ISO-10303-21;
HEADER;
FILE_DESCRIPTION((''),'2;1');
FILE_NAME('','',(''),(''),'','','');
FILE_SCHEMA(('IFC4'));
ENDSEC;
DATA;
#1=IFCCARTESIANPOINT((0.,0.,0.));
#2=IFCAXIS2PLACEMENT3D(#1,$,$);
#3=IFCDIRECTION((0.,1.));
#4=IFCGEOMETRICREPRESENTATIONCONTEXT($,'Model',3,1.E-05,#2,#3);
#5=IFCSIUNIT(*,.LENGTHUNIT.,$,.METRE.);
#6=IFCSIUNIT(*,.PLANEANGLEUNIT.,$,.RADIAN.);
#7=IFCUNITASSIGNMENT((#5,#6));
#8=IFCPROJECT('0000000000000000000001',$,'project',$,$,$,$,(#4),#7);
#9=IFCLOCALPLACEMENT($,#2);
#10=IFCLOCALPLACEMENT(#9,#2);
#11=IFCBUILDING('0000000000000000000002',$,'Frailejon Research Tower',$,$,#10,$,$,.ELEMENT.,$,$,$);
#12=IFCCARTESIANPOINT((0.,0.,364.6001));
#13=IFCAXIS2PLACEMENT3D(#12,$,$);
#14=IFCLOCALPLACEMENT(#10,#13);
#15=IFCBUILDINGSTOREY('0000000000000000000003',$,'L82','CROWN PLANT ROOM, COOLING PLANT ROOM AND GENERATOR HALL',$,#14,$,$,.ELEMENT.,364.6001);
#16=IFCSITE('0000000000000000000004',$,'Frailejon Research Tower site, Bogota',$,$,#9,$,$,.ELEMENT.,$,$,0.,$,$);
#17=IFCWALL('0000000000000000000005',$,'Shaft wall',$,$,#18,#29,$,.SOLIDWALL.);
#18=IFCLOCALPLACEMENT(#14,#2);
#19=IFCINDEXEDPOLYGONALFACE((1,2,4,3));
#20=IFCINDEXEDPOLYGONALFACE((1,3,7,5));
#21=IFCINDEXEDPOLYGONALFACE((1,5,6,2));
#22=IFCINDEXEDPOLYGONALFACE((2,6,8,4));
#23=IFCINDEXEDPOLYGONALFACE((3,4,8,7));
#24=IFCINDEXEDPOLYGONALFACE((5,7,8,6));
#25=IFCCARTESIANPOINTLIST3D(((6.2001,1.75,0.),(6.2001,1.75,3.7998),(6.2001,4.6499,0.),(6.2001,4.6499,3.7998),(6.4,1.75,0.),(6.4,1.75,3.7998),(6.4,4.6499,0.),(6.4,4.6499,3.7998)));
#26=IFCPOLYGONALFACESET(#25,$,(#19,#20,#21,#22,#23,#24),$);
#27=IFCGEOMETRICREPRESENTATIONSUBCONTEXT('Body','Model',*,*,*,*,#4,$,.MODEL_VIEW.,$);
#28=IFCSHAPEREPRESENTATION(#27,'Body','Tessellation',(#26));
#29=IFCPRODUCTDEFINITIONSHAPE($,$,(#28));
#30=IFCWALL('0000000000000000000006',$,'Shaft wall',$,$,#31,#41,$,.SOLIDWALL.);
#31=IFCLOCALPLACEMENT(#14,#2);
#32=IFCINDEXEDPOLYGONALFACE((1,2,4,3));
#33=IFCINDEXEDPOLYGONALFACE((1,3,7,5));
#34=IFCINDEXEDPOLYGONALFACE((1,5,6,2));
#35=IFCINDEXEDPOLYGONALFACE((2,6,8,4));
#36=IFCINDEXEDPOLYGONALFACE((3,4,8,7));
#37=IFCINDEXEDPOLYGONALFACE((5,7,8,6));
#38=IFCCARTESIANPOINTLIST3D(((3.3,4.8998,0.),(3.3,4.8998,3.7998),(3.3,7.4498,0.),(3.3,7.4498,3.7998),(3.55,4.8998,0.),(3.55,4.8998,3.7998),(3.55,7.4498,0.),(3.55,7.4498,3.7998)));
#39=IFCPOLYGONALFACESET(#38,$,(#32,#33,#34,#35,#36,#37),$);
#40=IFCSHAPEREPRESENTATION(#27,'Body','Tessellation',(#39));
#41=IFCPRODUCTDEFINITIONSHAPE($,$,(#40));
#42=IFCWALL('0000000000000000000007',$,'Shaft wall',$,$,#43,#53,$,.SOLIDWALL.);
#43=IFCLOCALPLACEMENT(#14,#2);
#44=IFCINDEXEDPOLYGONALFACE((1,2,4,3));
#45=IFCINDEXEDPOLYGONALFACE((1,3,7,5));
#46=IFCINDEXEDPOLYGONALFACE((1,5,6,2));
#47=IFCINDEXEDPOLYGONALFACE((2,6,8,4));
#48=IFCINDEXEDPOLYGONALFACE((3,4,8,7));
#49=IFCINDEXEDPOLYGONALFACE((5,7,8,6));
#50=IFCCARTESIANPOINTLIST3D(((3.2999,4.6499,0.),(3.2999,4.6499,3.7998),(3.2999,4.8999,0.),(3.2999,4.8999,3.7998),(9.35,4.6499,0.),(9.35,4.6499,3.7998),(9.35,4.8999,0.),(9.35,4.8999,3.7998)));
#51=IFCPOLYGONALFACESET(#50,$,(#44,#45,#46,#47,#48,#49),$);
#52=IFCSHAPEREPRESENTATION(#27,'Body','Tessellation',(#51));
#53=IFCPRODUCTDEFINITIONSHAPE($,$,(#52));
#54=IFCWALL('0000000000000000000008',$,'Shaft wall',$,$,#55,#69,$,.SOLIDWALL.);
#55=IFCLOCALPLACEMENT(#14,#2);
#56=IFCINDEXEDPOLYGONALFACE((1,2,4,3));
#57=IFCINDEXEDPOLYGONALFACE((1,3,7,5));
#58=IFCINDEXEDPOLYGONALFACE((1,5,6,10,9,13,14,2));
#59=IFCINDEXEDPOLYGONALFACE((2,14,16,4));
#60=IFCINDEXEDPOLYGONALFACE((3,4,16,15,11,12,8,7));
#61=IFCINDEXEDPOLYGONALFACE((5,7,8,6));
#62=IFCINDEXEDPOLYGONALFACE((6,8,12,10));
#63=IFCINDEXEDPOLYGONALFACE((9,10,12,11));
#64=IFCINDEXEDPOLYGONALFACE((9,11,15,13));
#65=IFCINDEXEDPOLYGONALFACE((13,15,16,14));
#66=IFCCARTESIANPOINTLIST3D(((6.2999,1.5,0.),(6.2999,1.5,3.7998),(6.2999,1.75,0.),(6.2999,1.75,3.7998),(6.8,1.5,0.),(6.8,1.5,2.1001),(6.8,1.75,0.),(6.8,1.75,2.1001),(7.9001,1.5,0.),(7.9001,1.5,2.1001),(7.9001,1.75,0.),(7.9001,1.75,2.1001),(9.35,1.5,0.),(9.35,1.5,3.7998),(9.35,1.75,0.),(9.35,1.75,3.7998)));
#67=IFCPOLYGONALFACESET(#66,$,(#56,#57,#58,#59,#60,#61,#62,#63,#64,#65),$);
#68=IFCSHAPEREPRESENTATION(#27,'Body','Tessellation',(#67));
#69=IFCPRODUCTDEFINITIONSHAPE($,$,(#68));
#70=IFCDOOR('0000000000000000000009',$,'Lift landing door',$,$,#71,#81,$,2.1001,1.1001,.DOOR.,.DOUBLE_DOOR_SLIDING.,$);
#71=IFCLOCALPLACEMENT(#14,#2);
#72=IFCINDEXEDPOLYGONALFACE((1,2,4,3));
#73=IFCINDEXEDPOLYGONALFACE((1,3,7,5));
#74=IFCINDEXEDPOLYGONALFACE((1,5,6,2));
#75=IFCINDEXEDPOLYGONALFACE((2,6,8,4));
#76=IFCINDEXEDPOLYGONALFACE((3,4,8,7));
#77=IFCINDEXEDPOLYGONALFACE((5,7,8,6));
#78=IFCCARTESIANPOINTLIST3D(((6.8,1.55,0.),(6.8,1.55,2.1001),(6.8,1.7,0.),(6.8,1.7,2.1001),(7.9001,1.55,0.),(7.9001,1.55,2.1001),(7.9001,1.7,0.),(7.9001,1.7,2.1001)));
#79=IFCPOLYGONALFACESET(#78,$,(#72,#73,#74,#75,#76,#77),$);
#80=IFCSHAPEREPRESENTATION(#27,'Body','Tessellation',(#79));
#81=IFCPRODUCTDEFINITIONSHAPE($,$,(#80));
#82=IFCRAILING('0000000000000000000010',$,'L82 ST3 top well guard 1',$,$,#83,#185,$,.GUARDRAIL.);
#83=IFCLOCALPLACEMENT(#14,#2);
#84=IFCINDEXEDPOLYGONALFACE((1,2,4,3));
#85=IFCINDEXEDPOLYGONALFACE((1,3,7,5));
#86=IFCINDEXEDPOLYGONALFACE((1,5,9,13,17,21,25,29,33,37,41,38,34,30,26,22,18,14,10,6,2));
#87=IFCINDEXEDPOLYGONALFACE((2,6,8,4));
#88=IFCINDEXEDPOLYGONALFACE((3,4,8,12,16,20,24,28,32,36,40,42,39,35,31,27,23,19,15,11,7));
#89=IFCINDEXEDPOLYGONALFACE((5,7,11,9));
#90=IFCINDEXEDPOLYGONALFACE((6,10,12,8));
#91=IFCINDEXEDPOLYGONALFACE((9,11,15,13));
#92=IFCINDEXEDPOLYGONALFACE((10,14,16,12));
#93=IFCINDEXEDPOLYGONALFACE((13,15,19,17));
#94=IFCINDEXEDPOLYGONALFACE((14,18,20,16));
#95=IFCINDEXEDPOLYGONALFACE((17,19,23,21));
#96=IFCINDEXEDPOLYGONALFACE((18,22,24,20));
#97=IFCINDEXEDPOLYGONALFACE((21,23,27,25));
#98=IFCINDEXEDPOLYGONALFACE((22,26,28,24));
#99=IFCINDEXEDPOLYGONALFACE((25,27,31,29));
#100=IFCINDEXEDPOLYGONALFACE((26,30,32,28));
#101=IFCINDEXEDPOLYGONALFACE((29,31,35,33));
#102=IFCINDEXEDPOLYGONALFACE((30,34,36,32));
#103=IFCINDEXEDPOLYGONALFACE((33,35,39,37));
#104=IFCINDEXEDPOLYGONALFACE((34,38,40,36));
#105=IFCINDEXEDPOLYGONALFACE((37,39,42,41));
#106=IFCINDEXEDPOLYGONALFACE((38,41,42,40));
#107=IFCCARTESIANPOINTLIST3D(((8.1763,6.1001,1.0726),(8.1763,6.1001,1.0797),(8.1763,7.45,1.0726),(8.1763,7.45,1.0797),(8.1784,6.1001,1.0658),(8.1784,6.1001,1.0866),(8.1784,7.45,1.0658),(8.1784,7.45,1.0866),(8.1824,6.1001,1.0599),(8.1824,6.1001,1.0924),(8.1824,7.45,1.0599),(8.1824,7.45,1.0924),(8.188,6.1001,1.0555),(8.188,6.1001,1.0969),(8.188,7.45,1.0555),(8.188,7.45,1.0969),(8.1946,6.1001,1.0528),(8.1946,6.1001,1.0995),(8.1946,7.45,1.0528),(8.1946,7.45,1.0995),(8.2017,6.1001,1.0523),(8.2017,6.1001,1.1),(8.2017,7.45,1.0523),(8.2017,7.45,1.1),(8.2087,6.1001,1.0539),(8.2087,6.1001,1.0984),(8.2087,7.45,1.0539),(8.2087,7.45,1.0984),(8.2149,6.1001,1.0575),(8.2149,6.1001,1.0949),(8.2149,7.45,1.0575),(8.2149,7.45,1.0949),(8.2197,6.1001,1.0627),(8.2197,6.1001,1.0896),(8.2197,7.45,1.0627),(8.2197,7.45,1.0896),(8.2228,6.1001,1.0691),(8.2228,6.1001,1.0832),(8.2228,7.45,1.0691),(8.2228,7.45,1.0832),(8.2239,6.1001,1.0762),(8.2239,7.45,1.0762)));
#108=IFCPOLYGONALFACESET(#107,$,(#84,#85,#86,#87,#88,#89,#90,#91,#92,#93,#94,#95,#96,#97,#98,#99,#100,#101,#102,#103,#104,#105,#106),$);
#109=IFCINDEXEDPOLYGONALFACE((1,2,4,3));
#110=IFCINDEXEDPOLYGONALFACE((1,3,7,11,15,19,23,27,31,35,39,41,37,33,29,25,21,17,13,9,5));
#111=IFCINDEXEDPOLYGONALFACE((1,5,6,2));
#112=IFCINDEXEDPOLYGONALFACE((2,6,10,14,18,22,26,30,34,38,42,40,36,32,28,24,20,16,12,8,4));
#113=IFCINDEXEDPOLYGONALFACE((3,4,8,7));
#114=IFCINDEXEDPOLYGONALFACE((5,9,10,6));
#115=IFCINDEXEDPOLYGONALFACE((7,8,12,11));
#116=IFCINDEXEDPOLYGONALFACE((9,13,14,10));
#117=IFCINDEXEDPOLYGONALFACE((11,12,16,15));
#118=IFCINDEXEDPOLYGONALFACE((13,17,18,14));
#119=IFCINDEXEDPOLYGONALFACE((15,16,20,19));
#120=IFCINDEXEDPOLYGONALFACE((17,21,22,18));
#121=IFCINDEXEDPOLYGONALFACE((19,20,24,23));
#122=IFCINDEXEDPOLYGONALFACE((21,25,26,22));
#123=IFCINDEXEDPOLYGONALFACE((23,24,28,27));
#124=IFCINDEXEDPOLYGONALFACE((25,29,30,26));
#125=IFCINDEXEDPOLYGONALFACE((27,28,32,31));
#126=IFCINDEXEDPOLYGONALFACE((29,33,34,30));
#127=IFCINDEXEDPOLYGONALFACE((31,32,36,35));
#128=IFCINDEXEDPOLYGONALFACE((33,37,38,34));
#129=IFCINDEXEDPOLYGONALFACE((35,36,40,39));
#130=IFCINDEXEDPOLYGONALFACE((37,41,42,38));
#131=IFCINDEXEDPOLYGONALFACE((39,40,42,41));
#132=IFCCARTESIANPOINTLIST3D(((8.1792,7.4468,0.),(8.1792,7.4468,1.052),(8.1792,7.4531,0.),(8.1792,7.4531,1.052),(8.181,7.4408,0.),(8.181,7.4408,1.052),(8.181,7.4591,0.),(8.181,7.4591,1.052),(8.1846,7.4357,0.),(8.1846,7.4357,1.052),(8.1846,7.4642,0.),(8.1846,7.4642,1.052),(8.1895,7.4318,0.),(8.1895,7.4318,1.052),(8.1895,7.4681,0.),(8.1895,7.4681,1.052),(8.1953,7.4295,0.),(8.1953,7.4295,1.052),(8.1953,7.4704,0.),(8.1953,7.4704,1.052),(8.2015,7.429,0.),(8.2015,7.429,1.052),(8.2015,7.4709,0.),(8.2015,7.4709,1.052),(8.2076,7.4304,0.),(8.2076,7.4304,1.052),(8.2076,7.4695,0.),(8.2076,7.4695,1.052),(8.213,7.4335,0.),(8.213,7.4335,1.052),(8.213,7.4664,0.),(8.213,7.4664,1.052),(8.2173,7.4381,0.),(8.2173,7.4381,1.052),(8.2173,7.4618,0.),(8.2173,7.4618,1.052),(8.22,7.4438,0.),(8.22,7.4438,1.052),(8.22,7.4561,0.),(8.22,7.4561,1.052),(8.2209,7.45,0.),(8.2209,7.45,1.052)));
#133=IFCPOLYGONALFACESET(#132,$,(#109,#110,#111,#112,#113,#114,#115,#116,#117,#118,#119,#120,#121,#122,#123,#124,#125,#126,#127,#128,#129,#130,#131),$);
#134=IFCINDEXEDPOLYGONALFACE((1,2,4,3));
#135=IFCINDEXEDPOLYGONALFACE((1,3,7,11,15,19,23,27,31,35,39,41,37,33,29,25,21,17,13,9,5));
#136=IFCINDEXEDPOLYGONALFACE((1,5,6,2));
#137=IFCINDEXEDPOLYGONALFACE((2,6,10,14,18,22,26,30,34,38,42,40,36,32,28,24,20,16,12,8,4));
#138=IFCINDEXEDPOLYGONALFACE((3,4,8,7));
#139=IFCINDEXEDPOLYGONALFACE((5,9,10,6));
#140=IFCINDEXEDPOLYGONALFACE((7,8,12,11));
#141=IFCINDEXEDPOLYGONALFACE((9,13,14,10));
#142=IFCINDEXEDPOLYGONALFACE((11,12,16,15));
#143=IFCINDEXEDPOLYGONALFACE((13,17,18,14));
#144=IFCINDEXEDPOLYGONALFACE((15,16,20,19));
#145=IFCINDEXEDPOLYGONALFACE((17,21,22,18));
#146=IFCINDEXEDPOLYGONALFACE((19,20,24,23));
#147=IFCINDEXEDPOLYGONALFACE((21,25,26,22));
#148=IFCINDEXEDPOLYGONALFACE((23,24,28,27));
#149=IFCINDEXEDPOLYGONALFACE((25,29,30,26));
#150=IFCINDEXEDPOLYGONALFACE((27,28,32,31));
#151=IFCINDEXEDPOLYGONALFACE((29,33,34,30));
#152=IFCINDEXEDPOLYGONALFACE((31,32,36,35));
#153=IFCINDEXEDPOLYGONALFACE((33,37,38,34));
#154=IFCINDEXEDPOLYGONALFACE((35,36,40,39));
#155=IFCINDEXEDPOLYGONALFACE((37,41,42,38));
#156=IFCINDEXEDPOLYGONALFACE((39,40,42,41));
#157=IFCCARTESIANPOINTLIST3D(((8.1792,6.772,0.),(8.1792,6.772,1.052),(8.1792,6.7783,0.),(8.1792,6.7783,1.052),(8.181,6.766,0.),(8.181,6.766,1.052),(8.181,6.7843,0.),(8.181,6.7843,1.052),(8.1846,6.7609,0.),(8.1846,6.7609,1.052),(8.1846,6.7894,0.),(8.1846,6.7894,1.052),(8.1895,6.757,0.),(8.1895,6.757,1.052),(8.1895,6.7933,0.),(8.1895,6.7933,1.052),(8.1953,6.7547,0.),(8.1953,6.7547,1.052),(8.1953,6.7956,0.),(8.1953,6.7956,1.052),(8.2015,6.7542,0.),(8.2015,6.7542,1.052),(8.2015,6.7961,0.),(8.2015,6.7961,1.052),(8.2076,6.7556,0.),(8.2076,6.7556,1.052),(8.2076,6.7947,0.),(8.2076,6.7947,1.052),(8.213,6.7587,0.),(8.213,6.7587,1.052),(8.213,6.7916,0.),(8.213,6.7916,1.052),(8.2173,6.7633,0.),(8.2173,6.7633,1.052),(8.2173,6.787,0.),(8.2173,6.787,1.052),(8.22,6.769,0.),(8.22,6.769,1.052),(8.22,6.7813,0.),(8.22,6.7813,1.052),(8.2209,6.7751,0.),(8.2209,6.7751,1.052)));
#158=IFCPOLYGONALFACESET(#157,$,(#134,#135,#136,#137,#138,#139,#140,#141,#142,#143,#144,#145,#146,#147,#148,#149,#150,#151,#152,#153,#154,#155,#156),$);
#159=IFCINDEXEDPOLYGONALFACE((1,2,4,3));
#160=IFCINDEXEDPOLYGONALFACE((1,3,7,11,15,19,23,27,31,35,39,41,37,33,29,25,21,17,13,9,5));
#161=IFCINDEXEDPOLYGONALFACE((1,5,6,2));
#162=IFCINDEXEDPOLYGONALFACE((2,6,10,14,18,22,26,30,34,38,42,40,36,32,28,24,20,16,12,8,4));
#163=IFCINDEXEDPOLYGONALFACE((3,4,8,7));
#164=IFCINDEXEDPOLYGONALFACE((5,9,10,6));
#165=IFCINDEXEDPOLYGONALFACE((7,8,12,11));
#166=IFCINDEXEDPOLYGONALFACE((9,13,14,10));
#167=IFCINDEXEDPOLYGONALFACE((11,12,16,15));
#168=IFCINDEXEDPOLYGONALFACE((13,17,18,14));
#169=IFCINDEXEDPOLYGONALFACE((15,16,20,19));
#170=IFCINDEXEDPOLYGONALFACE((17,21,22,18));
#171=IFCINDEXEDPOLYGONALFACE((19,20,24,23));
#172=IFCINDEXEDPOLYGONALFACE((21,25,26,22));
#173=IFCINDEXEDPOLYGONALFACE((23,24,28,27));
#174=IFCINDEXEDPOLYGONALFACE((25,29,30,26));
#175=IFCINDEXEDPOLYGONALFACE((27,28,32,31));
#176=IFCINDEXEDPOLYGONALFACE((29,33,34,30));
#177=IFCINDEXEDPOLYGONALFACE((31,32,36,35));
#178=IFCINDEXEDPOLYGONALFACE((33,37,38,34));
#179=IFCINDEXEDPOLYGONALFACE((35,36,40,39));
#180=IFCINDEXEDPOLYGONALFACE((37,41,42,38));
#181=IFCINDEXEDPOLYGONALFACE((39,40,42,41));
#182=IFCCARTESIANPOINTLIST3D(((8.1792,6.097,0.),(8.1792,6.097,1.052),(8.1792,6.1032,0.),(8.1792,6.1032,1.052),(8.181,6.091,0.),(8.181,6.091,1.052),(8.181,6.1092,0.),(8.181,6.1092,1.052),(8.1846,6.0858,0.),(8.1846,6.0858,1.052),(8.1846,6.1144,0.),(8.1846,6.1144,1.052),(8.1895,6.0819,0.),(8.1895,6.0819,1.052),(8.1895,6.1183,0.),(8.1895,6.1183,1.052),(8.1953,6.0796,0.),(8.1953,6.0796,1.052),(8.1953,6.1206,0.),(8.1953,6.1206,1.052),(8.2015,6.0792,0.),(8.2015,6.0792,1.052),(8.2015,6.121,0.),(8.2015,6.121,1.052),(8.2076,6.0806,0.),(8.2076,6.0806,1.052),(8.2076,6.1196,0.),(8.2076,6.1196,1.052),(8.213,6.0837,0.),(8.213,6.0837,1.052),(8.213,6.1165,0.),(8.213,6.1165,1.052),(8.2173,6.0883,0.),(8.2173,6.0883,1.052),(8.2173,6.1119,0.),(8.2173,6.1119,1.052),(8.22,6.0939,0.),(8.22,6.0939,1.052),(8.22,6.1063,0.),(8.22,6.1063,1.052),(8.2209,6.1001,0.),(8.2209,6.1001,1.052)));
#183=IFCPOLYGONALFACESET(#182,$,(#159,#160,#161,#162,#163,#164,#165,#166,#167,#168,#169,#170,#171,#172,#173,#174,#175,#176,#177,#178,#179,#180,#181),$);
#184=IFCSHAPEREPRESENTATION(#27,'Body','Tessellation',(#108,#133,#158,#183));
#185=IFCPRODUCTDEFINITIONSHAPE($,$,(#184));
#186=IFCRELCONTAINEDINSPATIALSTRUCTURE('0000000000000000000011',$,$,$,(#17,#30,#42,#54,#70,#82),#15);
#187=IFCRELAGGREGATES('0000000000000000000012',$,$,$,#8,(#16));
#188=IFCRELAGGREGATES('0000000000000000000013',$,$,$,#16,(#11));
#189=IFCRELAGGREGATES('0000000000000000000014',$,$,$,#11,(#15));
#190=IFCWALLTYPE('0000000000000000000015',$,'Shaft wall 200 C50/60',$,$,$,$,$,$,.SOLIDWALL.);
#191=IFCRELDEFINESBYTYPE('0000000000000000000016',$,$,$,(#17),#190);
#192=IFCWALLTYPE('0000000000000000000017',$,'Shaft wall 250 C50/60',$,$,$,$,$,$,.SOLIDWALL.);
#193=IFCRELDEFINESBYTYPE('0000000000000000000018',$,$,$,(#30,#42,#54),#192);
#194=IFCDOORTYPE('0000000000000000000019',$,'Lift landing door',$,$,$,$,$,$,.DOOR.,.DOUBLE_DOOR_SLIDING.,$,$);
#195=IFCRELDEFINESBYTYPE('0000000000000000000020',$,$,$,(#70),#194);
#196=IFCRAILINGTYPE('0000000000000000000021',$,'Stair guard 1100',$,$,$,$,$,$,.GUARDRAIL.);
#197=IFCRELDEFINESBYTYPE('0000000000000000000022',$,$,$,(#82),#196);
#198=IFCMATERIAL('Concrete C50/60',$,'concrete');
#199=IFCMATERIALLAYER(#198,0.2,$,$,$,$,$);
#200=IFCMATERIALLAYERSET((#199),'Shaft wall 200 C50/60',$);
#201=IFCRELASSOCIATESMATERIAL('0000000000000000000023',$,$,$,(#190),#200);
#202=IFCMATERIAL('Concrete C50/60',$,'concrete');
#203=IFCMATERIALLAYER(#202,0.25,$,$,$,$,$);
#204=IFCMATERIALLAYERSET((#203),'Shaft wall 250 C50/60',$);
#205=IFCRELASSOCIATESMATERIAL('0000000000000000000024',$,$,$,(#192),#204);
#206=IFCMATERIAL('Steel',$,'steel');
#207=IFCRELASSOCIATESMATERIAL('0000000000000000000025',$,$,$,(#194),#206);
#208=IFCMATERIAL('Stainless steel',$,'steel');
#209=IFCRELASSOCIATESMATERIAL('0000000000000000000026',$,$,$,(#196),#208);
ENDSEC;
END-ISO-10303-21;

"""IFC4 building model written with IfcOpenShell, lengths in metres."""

from ifc_helpers import new_model, si_unit, direction, frame, frame_2d, origin, origin_2d, place, context, subcontext, project, spatial, rectangle, circle, extrude, material, layer, layer_set, type_object, element, fill, save


model = new_model("IFC4")

# Units and contexts
model_context = context("Model", 3, precision=1e-05, world=origin(), true_north=direction((0.0, 1.0)))
body_context = subcontext(model_context, "Body", "Model", "MODEL_VIEW")
ifc_project = project(units=[si_unit("LENGTHUNIT", "METRE"), si_unit("PLANEANGLEUNIT", "RADIAN")], contexts=[model_context])

# Site, building, storey
site_placement = place(None, origin())
site = spatial("IfcSite", under=ifc_project, at=site_placement, Name="Frailejon Research Tower site, Bogota", CompositionType="ELEMENT", RefElevation=0.0)
building_placement = place(site_placement, origin())
building = spatial("IfcBuilding", under=site, at=building_placement, Name="Frailejon Research Tower", CompositionType="ELEMENT")
storey_placement = place(building_placement, frame((0.0, 0.0, 364.6001)))
storey = spatial("IfcBuildingStorey", under=building, at=storey_placement, Name="L82", Description="CROWN PLANT ROOM, COOLING PLANT ROOM AND GENERATOR HALL", CompositionType="ELEMENT", Elevation=364.6001)

# Walls
ifc_material_1 = material(Name="Concrete C50/60", Category="concrete")
ifc_layer_1 = layer(ifc_material_1, 0.2)
ifc_layer_set_1 = layer_set([ifc_layer_1], Name="Shaft wall 200 C50/60")
wall_type_1 = type_object("IfcWallType", Name="Shaft wall 200 C50/60", PredefinedType="SOLIDWALL", material=ifc_layer_set_1)
wall_1_placement = place(storey_placement, frame((6.3, 1.75, 0.0), z_axis=(0.0, 0.0, 1.0), x_axis=(0.0, 1.0, 0.0)))
element("IfcWall", 1, at=wall_1_placement, inside=storey, type_object=wall_type_1, Name="Shaft wall", PredefinedType="SOLIDWALL", context=body_context, shape_type="SweptSolid", body=[
    extrude(rectangle(XDim=2.8999, YDim=0.2, at=frame_2d((1.45, 0.0))), origin(), (0.0, 0.0, 1.0), 3.7998),
])
ifc_material_2 = material(Name="Concrete C50/60", Category="concrete")
ifc_layer_2 = layer(ifc_material_2, 0.25)
ifc_layer_set_2 = layer_set([ifc_layer_2], Name="Shaft wall 250 C50/60")
wall_type_2 = type_object("IfcWallType", Name="Shaft wall 250 C50/60", PredefinedType="SOLIDWALL", material=ifc_layer_set_2)
wall_2_placement = place(storey_placement, frame((3.425, 4.8999, 0.0), z_axis=(0.0, 0.0, 1.0), x_axis=(0.0, 1.0, 0.0)))
element("IfcWall", 2, at=wall_2_placement, inside=storey, type_object=wall_type_2, Name="Shaft wall", PredefinedType="SOLIDWALL", context=body_context, shape_type="SweptSolid", body=[
    extrude(rectangle(XDim=2.55, YDim=0.25, at=frame_2d((1.2749, 0.0))), origin(), (0.0, 0.0, 1.0), 3.7998),
])
wall_3_placement = place(storey_placement, frame((3.3, 4.7749, 0.0), z_axis=(0.0, 0.0, 1.0), x_axis=(1.0, 0.0, 0.0)))
element("IfcWall", 3, at=wall_3_placement, inside=storey, type_object=wall_type_2, Name="Shaft wall", PredefinedType="SOLIDWALL", context=body_context, shape_type="SweptSolid", body=[
    extrude(rectangle(XDim=6.05, YDim=0.25, at=frame_2d((3.0249, 0.0))), origin(), (0.0, 0.0, 1.0), 3.7998),
])

# Wall, opening, door
wall_4_placement = place(storey_placement, frame((6.3, 1.625, 0.0), z_axis=(0.0, 0.0, 1.0), x_axis=(1.0, 0.0, 0.0)))
wall_4 = element("IfcWall", 4, at=wall_4_placement, inside=storey, type_object=wall_type_2, Name="Shaft wall", PredefinedType="SOLIDWALL", context=body_context, shape_type="SweptSolid", body=[
    extrude(rectangle(XDim=3.05, YDim=0.25, at=frame_2d((1.5249, 0.0))), origin(), (0.0, 0.0, 1.0), 3.7998),
])
opening_1_placement = place(wall_4_placement, frame((0.5, 0.0, 0.0)))
opening_1 = element("IfcOpeningElement", 5, at=opening_1_placement, cuts=wall_4, PredefinedType="OPENING", context=body_context, shape_type="SweptSolid", body=[
    extrude(rectangle(XDim=1.1001, YDim=2.1001, at=frame_2d((0.55, 1.05))), frame((0.0, 0.135, 0.0), z_axis=(0.0, -1.0, 0.0), x_axis=(1.0, 0.0, 0.0)), (0.0, 0.0, 1.0), 0.27),
])
ifc_material_3 = material(Name="Steel", Category="steel")
door_type_1 = type_object("IfcDoorType", Name="Lift landing door", OperationType="DOUBLE_DOOR_SLIDING", PredefinedType="DOOR", material=ifc_material_3)
door_1_placement = place(opening_1_placement, origin())
door_1 = element("IfcDoor", 6, at=door_1_placement, inside=storey, type_object=door_type_1, Name="Lift landing door", OperationType="DOUBLE_DOOR_SLIDING", OverallHeight=2.1001, OverallWidth=1.1001, PredefinedType="DOOR", context=body_context, shape_type="SweptSolid", body=[
    extrude(rectangle(XDim=1.1001, YDim=2.1001, at=frame_2d((0.55, 1.05))), frame((0.0, 0.075, 0.0), z_axis=(0.0, -1.0, 0.0), x_axis=(1.0, 0.0, 0.0)), (0.0, 0.0, 1.0), 0.1499),
])
fill(opening_1, door_1)

# Railing
ifc_material_4 = material(Name="Stainless steel", Category="steel")
railing_type = type_object("IfcRailingType", Name="Stair guard 1100", PredefinedType="GUARDRAIL", material=ifc_material_4)
railing_placement = place(storey_placement, frame((8.2, 7.45, 0.0)))
element("IfcRailing", 7, at=railing_placement, inside=storey, type_object=railing_type, Name="L82 ST3 top well guard 1", PredefinedType="GUARDRAIL", context=body_context, shape_type="SweptSolid", body=[
    extrude(circle(Radius=0.0239, at=origin_2d()), frame((0.0, 0.0, 1.0762), z_axis=(0.0, -1.0, 0.0), x_axis=(1.0, 0.0, 0.0)), (0.0, 0.0, 1.0), 1.3499),
    extrude(circle(Radius=0.021, at=origin_2d()), origin(), (0.0, 0.0, 1.0), 1.052),
    extrude(circle(Radius=0.021, at=origin_2d()), frame((0.0, -0.6748, 0.0)), (0.0, 0.0, 1.0), 1.052),
    extrude(circle(Radius=0.021, at=origin_2d()), frame((0.0, -1.3499, 0.0)), (0.0, 0.0, 1.0), 1.052),
])

save(model, "model.ifc")
